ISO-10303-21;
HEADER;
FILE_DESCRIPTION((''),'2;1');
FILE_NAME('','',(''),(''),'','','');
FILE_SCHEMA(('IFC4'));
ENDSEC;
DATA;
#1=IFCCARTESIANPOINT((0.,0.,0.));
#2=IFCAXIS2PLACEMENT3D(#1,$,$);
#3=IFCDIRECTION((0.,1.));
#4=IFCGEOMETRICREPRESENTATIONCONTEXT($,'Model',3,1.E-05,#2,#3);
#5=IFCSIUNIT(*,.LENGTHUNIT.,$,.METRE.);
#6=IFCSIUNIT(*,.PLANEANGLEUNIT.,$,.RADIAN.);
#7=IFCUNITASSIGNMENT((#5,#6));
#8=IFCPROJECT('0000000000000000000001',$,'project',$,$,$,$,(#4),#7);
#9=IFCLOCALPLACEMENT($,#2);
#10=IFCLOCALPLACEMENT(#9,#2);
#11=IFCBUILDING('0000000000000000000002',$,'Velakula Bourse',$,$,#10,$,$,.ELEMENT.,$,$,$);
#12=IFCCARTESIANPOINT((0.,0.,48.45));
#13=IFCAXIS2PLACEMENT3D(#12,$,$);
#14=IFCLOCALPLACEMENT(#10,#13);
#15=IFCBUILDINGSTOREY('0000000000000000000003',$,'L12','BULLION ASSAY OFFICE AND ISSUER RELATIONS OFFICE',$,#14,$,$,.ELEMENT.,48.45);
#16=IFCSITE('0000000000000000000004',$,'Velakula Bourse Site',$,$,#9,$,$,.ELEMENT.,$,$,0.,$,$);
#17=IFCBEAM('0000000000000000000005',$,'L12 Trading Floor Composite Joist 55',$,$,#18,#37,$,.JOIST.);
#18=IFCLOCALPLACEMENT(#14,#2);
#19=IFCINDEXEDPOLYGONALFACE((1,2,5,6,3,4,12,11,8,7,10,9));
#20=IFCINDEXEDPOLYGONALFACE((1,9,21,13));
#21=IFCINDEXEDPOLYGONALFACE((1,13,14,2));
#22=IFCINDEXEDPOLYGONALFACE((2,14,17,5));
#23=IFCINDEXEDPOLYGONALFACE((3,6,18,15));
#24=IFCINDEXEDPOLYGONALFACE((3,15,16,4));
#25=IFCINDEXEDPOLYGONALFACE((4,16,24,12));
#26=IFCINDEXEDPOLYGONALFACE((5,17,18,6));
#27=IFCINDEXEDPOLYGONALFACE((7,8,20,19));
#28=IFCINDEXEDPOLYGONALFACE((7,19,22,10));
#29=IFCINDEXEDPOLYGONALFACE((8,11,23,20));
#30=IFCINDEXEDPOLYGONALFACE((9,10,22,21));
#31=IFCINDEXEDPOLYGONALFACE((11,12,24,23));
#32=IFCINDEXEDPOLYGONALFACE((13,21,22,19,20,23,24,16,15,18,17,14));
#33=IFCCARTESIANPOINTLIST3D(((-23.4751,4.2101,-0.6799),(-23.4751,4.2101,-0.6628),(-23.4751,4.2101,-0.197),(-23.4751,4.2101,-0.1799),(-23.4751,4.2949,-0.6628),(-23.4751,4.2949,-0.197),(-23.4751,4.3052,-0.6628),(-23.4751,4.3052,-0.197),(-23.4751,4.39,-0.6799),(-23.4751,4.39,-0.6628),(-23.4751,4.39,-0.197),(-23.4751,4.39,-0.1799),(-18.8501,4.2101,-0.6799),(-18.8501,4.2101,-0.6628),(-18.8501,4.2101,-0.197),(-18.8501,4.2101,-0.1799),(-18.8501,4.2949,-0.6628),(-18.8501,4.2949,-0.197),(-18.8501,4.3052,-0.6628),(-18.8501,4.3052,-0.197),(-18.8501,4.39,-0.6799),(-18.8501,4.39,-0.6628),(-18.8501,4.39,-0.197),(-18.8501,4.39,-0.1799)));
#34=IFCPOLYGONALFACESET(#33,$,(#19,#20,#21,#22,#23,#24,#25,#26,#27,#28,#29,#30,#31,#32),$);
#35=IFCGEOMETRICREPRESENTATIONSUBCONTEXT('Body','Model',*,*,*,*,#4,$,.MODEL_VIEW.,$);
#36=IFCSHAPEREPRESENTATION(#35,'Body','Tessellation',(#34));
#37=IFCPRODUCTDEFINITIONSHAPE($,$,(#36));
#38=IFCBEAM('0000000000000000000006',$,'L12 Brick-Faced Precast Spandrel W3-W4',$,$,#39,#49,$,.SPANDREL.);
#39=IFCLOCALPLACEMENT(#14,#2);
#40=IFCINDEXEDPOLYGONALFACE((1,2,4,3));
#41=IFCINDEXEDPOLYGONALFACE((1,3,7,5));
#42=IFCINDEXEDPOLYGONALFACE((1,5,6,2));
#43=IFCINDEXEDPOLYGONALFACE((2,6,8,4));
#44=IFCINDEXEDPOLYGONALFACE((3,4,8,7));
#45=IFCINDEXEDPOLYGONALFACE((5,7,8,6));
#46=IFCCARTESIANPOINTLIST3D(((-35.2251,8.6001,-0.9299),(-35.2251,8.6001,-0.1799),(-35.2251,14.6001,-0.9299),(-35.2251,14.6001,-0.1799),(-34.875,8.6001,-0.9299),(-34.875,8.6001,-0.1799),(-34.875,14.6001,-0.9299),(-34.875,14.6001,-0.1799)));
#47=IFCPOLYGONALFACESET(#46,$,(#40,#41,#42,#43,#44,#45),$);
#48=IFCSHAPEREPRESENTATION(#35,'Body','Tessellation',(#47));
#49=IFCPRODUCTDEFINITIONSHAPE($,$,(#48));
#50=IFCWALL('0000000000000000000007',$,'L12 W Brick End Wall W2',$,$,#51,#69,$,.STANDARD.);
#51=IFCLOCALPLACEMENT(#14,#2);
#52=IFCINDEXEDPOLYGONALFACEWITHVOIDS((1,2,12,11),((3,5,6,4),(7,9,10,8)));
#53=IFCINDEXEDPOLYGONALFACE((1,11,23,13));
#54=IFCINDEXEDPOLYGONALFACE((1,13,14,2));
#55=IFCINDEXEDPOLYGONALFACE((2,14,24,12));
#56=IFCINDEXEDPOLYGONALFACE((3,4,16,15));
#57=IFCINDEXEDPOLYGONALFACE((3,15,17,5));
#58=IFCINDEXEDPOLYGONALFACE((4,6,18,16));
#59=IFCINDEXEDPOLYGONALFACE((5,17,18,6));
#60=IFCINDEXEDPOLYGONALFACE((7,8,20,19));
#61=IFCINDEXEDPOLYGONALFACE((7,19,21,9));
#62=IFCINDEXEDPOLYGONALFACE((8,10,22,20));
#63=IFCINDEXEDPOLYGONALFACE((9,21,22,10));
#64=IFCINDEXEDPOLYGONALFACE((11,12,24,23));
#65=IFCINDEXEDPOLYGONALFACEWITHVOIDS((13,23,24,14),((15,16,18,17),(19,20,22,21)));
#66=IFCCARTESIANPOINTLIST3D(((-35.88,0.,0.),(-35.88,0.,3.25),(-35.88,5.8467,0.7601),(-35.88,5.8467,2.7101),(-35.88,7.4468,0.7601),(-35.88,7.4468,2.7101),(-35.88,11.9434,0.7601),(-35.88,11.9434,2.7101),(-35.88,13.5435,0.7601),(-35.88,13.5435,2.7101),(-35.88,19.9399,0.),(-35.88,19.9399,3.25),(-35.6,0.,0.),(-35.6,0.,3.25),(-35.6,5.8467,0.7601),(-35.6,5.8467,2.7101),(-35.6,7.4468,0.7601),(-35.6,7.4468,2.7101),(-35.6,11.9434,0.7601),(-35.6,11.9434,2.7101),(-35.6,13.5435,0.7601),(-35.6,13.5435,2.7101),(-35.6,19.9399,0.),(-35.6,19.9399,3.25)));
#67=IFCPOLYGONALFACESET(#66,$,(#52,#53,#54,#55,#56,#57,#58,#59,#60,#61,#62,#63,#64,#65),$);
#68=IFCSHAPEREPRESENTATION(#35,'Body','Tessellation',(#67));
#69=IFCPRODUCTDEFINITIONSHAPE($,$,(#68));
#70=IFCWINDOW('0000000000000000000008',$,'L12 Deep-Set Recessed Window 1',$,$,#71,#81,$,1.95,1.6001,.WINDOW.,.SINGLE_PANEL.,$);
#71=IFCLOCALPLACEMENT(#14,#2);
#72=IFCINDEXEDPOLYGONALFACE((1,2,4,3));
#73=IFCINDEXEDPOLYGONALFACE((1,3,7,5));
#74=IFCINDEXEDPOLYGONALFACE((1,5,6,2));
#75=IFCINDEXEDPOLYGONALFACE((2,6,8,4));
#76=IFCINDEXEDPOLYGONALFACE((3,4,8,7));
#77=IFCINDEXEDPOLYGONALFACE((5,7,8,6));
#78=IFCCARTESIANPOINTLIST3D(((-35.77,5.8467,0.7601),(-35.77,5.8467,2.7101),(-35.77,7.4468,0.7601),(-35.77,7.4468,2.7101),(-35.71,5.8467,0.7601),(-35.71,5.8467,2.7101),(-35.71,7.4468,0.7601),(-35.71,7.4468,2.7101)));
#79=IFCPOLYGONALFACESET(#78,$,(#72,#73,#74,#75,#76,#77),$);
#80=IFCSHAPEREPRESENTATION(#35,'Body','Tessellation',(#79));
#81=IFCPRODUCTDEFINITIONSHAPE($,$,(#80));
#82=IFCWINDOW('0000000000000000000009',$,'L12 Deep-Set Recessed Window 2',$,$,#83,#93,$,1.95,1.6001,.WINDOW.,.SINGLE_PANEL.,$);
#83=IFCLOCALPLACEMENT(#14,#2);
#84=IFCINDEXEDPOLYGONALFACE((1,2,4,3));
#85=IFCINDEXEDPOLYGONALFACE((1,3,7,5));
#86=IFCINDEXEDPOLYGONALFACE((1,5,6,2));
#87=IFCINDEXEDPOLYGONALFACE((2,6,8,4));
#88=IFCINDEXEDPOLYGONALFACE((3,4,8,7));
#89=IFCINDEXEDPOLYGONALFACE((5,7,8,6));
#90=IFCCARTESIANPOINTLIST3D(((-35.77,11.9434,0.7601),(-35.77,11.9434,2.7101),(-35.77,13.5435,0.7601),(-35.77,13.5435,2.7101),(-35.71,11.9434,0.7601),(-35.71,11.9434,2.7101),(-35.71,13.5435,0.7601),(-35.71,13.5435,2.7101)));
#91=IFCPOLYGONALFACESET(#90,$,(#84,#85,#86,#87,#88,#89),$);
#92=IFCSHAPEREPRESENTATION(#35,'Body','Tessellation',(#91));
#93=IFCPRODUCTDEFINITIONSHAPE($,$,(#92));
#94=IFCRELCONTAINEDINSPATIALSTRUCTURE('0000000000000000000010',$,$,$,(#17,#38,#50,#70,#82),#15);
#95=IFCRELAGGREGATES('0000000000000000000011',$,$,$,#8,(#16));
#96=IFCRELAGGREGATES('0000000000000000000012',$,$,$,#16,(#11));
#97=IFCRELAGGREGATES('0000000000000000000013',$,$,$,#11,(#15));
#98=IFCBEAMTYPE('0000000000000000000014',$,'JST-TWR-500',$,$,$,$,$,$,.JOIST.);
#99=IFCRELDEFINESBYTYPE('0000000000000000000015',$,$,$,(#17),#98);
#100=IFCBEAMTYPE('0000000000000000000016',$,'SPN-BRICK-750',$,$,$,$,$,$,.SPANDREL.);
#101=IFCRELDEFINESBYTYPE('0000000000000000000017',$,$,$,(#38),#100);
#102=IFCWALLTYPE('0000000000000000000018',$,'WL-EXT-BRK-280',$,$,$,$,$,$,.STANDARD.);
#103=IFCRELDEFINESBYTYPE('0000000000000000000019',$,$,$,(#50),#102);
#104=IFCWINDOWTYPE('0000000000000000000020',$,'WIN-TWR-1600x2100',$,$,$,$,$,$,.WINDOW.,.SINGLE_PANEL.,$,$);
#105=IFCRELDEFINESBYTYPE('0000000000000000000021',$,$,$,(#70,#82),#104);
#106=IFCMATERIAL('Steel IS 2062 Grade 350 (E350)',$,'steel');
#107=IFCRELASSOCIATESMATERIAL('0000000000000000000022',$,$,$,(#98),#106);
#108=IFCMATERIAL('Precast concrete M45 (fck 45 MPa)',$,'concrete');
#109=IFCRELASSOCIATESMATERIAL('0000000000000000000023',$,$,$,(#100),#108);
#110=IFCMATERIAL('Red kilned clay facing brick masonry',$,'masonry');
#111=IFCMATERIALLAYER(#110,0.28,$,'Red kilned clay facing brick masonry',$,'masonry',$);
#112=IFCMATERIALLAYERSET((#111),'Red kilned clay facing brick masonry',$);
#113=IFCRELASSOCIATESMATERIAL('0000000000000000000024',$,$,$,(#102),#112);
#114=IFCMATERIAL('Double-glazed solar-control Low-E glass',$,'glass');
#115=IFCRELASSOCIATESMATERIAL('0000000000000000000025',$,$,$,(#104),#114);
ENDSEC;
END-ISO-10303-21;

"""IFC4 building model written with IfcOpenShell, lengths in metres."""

from ifc_helpers import new_model, si_unit, direction, frame, frame_2d, origin, origin_2d, place, context, subcontext, project, spatial, rectangle, i_section, extrude, material, layer, layer_set, material_profile, profile_set, type_object, element, fill, save


model = new_model("IFC4")

# Units and contexts
model_context = context("Model", 3, precision=1e-05, world=origin(), true_north=direction((0.0, 1.0)))
body_context = subcontext(model_context, "Body", "Model", "MODEL_VIEW")
ifc_project = project(units=[si_unit("LENGTHUNIT", "METRE"), si_unit("PLANEANGLEUNIT", "RADIAN")], contexts=[model_context])

# Site, building, storey
site_placement = place(None, origin())
site = spatial("IfcSite", under=ifc_project, at=site_placement, Name="Velakula Bourse Site", CompositionType="ELEMENT", RefElevation=0.0)
building_placement = place(site_placement, origin())
building = spatial("IfcBuilding", under=site, at=building_placement, Name="Velakula Bourse", CompositionType="ELEMENT")
storey_placement = place(building_placement, frame((0.0, 0.0, 48.45)))
storey = spatial("IfcBuildingStorey", under=building, at=storey_placement, Name="L12", Description="BULLION ASSAY OFFICE AND ISSUER RELATIONS OFFICE", CompositionType="ELEMENT", Elevation=48.45)

# Beams
ifc_material_1 = material(Name="Steel IS 2062 Grade 350 (E350)", Category="steel")
ifc_material_profile_1 = material_profile(ifc_material_1, i_section(OverallWidth=0.1799, OverallDepth=0.5, WebThickness=0.0103, FlangeThickness=0.0171, at=origin_2d()), Name="Steel IS 2062 Grade 350 (E350)")
ifc_profile_set_1 = profile_set([ifc_material_profile_1], Name="Steel IS 2062 Grade 350 (E350)")
beam_type_1 = type_object("IfcBeamType", Name="JST-TWR-500", PredefinedType="JOIST", material=ifc_profile_set_1)
beam_1_placement = place(storey_placement, frame((-23.4751, 4.3, -0.4299), z_axis=(1.0, 0.0, 0.0), x_axis=(0.0, 1.0, 0.0)))
element("IfcBeam", 1, at=beam_1_placement, inside=storey, type_object=beam_type_1, Name="L12 Trading Floor Composite Joist 55", PredefinedType="JOIST", context=body_context, shape_type="SweptSolid", body=[
    extrude(i_section(OverallWidth=0.1799, OverallDepth=0.5, WebThickness=0.0103, FlangeThickness=0.0171, at=origin_2d()), origin(), (0.0, 0.0, 1.0), 4.625),
])
ifc_material_2 = material(Name="Precast concrete M45 (fck 45 MPa)", Category="concrete")
ifc_material_profile_2 = material_profile(ifc_material_2, rectangle(XDim=0.3501, YDim=0.75, at=origin_2d()), Name="Precast concrete M45 (fck 45 MPa)")
ifc_profile_set_2 = profile_set([ifc_material_profile_2], Name="Precast concrete M45 (fck 45 MPa)")
beam_type_2 = type_object("IfcBeamType", Name="SPN-BRICK-750", PredefinedType="SPANDREL", material=ifc_profile_set_2)
beam_2_placement = place(storey_placement, frame((-35.05, 8.6001, -0.5549), z_axis=(0.0, 1.0, 0.0), x_axis=(-1.0, 0.0, 0.0)))
element("IfcBeam", 2, at=beam_2_placement, inside=storey, type_object=beam_type_2, Name="L12 Brick-Faced Precast Spandrel W3-W4", PredefinedType="SPANDREL", context=body_context, shape_type="SweptSolid", body=[
    extrude(rectangle(XDim=0.3501, YDim=0.75, at=origin_2d()), origin(), (0.0, 0.0, 1.0), 6.0),
])

# Wall, openings, windows
ifc_material_3 = material(Name="Red kilned clay facing brick masonry", Category="masonry")
ifc_layer = layer(ifc_material_3, 0.28, Name="Red kilned clay facing brick masonry", Category="masonry")
ifc_layer_set = layer_set([ifc_layer], Name="Red kilned clay facing brick masonry")
wall_type = type_object("IfcWallType", Name="WL-EXT-BRK-280", PredefinedType="STANDARD", material=ifc_layer_set)
wall_placement = place(storey_placement, frame((-35.74, 0.0, 0.0), z_axis=(0.0, 0.0, 1.0), x_axis=(0.0, 1.0, 0.0)))
wall = element("IfcWall", 3, at=wall_placement, inside=storey, type_object=wall_type, Name="L12 W Brick End Wall W2", PredefinedType="STANDARD", context=body_context, shape_type="SweptSolid", body=[
    extrude(rectangle(XDim=19.9399, YDim=0.28, at=frame_2d((9.97, 0.0))), origin(), (0.0, 0.0, 1.0), 3.25),
])
opening_1_placement = place(wall_placement, frame((5.8467, 0.0, 0.76)))
opening_1 = element("IfcOpeningElement", 4, at=opening_1_placement, cuts=wall, PredefinedType="OPENING", context=body_context, shape_type="SweptSolid", body=[
    extrude(rectangle(XDim=1.6001, YDim=1.95, at=frame_2d((0.8, 0.9751))), frame((0.0, 0.1499, 0.0), z_axis=(0.0, -1.0, 0.0), x_axis=(1.0, 0.0, 0.0)), (0.0, 0.0, 1.0), 0.3),
])
opening_2_placement = place(wall_placement, frame((11.9434, 0.0, 0.76)))
opening_2 = element("IfcOpeningElement", 5, at=opening_2_placement, cuts=wall, PredefinedType="OPENING", context=body_context, shape_type="SweptSolid", body=[
    extrude(rectangle(XDim=1.6001, YDim=1.95, at=frame_2d((0.8, 0.9751))), frame((0.0, 0.1499, 0.0), z_axis=(0.0, -1.0, 0.0), x_axis=(1.0, 0.0, 0.0)), (0.0, 0.0, 1.0), 0.3),
])
ifc_material_4 = material(Name="Double-glazed solar-control Low-E glass", Category="glass")
window_type = type_object("IfcWindowType", Name="WIN-TWR-1600x2100", PartitioningType="SINGLE_PANEL", PredefinedType="WINDOW", material=ifc_material_4)
window_1_placement = place(opening_1_placement, origin())
window_1 = element("IfcWindow", 6, at=window_1_placement, inside=storey, type_object=window_type, Name="L12 Deep-Set Recessed Window 1", OverallHeight=1.95, OverallWidth=1.6001, PartitioningType="SINGLE_PANEL", PredefinedType="WINDOW", context=body_context, shape_type="SweptSolid", body=[
    extrude(rectangle(XDim=1.6001, YDim=1.95, at=frame_2d((0.8, 0.9751))), frame((0.0, 0.03, 0.0), z_axis=(0.0, -1.0, 0.0), x_axis=(1.0, 0.0, 0.0)), (0.0, 0.0, 1.0), 0.0601),
])
fill(opening_1, window_1)
window_2_placement = place(opening_2_placement, origin())
window_2 = element("IfcWindow", 7, at=window_2_placement, inside=storey, type_object=window_type, Name="L12 Deep-Set Recessed Window 2", OverallHeight=1.95, OverallWidth=1.6001, PartitioningType="SINGLE_PANEL", PredefinedType="WINDOW", context=body_context, shape_type="SweptSolid", body=[
    extrude(rectangle(XDim=1.6001, YDim=1.95, at=frame_2d((0.8, 0.9751))), frame((0.0, 0.03, 0.0), z_axis=(0.0, -1.0, 0.0), x_axis=(1.0, 0.0, 0.0)), (0.0, 0.0, 1.0), 0.0601),
])
fill(opening_2, window_2)

save(model, "model.ifc")
